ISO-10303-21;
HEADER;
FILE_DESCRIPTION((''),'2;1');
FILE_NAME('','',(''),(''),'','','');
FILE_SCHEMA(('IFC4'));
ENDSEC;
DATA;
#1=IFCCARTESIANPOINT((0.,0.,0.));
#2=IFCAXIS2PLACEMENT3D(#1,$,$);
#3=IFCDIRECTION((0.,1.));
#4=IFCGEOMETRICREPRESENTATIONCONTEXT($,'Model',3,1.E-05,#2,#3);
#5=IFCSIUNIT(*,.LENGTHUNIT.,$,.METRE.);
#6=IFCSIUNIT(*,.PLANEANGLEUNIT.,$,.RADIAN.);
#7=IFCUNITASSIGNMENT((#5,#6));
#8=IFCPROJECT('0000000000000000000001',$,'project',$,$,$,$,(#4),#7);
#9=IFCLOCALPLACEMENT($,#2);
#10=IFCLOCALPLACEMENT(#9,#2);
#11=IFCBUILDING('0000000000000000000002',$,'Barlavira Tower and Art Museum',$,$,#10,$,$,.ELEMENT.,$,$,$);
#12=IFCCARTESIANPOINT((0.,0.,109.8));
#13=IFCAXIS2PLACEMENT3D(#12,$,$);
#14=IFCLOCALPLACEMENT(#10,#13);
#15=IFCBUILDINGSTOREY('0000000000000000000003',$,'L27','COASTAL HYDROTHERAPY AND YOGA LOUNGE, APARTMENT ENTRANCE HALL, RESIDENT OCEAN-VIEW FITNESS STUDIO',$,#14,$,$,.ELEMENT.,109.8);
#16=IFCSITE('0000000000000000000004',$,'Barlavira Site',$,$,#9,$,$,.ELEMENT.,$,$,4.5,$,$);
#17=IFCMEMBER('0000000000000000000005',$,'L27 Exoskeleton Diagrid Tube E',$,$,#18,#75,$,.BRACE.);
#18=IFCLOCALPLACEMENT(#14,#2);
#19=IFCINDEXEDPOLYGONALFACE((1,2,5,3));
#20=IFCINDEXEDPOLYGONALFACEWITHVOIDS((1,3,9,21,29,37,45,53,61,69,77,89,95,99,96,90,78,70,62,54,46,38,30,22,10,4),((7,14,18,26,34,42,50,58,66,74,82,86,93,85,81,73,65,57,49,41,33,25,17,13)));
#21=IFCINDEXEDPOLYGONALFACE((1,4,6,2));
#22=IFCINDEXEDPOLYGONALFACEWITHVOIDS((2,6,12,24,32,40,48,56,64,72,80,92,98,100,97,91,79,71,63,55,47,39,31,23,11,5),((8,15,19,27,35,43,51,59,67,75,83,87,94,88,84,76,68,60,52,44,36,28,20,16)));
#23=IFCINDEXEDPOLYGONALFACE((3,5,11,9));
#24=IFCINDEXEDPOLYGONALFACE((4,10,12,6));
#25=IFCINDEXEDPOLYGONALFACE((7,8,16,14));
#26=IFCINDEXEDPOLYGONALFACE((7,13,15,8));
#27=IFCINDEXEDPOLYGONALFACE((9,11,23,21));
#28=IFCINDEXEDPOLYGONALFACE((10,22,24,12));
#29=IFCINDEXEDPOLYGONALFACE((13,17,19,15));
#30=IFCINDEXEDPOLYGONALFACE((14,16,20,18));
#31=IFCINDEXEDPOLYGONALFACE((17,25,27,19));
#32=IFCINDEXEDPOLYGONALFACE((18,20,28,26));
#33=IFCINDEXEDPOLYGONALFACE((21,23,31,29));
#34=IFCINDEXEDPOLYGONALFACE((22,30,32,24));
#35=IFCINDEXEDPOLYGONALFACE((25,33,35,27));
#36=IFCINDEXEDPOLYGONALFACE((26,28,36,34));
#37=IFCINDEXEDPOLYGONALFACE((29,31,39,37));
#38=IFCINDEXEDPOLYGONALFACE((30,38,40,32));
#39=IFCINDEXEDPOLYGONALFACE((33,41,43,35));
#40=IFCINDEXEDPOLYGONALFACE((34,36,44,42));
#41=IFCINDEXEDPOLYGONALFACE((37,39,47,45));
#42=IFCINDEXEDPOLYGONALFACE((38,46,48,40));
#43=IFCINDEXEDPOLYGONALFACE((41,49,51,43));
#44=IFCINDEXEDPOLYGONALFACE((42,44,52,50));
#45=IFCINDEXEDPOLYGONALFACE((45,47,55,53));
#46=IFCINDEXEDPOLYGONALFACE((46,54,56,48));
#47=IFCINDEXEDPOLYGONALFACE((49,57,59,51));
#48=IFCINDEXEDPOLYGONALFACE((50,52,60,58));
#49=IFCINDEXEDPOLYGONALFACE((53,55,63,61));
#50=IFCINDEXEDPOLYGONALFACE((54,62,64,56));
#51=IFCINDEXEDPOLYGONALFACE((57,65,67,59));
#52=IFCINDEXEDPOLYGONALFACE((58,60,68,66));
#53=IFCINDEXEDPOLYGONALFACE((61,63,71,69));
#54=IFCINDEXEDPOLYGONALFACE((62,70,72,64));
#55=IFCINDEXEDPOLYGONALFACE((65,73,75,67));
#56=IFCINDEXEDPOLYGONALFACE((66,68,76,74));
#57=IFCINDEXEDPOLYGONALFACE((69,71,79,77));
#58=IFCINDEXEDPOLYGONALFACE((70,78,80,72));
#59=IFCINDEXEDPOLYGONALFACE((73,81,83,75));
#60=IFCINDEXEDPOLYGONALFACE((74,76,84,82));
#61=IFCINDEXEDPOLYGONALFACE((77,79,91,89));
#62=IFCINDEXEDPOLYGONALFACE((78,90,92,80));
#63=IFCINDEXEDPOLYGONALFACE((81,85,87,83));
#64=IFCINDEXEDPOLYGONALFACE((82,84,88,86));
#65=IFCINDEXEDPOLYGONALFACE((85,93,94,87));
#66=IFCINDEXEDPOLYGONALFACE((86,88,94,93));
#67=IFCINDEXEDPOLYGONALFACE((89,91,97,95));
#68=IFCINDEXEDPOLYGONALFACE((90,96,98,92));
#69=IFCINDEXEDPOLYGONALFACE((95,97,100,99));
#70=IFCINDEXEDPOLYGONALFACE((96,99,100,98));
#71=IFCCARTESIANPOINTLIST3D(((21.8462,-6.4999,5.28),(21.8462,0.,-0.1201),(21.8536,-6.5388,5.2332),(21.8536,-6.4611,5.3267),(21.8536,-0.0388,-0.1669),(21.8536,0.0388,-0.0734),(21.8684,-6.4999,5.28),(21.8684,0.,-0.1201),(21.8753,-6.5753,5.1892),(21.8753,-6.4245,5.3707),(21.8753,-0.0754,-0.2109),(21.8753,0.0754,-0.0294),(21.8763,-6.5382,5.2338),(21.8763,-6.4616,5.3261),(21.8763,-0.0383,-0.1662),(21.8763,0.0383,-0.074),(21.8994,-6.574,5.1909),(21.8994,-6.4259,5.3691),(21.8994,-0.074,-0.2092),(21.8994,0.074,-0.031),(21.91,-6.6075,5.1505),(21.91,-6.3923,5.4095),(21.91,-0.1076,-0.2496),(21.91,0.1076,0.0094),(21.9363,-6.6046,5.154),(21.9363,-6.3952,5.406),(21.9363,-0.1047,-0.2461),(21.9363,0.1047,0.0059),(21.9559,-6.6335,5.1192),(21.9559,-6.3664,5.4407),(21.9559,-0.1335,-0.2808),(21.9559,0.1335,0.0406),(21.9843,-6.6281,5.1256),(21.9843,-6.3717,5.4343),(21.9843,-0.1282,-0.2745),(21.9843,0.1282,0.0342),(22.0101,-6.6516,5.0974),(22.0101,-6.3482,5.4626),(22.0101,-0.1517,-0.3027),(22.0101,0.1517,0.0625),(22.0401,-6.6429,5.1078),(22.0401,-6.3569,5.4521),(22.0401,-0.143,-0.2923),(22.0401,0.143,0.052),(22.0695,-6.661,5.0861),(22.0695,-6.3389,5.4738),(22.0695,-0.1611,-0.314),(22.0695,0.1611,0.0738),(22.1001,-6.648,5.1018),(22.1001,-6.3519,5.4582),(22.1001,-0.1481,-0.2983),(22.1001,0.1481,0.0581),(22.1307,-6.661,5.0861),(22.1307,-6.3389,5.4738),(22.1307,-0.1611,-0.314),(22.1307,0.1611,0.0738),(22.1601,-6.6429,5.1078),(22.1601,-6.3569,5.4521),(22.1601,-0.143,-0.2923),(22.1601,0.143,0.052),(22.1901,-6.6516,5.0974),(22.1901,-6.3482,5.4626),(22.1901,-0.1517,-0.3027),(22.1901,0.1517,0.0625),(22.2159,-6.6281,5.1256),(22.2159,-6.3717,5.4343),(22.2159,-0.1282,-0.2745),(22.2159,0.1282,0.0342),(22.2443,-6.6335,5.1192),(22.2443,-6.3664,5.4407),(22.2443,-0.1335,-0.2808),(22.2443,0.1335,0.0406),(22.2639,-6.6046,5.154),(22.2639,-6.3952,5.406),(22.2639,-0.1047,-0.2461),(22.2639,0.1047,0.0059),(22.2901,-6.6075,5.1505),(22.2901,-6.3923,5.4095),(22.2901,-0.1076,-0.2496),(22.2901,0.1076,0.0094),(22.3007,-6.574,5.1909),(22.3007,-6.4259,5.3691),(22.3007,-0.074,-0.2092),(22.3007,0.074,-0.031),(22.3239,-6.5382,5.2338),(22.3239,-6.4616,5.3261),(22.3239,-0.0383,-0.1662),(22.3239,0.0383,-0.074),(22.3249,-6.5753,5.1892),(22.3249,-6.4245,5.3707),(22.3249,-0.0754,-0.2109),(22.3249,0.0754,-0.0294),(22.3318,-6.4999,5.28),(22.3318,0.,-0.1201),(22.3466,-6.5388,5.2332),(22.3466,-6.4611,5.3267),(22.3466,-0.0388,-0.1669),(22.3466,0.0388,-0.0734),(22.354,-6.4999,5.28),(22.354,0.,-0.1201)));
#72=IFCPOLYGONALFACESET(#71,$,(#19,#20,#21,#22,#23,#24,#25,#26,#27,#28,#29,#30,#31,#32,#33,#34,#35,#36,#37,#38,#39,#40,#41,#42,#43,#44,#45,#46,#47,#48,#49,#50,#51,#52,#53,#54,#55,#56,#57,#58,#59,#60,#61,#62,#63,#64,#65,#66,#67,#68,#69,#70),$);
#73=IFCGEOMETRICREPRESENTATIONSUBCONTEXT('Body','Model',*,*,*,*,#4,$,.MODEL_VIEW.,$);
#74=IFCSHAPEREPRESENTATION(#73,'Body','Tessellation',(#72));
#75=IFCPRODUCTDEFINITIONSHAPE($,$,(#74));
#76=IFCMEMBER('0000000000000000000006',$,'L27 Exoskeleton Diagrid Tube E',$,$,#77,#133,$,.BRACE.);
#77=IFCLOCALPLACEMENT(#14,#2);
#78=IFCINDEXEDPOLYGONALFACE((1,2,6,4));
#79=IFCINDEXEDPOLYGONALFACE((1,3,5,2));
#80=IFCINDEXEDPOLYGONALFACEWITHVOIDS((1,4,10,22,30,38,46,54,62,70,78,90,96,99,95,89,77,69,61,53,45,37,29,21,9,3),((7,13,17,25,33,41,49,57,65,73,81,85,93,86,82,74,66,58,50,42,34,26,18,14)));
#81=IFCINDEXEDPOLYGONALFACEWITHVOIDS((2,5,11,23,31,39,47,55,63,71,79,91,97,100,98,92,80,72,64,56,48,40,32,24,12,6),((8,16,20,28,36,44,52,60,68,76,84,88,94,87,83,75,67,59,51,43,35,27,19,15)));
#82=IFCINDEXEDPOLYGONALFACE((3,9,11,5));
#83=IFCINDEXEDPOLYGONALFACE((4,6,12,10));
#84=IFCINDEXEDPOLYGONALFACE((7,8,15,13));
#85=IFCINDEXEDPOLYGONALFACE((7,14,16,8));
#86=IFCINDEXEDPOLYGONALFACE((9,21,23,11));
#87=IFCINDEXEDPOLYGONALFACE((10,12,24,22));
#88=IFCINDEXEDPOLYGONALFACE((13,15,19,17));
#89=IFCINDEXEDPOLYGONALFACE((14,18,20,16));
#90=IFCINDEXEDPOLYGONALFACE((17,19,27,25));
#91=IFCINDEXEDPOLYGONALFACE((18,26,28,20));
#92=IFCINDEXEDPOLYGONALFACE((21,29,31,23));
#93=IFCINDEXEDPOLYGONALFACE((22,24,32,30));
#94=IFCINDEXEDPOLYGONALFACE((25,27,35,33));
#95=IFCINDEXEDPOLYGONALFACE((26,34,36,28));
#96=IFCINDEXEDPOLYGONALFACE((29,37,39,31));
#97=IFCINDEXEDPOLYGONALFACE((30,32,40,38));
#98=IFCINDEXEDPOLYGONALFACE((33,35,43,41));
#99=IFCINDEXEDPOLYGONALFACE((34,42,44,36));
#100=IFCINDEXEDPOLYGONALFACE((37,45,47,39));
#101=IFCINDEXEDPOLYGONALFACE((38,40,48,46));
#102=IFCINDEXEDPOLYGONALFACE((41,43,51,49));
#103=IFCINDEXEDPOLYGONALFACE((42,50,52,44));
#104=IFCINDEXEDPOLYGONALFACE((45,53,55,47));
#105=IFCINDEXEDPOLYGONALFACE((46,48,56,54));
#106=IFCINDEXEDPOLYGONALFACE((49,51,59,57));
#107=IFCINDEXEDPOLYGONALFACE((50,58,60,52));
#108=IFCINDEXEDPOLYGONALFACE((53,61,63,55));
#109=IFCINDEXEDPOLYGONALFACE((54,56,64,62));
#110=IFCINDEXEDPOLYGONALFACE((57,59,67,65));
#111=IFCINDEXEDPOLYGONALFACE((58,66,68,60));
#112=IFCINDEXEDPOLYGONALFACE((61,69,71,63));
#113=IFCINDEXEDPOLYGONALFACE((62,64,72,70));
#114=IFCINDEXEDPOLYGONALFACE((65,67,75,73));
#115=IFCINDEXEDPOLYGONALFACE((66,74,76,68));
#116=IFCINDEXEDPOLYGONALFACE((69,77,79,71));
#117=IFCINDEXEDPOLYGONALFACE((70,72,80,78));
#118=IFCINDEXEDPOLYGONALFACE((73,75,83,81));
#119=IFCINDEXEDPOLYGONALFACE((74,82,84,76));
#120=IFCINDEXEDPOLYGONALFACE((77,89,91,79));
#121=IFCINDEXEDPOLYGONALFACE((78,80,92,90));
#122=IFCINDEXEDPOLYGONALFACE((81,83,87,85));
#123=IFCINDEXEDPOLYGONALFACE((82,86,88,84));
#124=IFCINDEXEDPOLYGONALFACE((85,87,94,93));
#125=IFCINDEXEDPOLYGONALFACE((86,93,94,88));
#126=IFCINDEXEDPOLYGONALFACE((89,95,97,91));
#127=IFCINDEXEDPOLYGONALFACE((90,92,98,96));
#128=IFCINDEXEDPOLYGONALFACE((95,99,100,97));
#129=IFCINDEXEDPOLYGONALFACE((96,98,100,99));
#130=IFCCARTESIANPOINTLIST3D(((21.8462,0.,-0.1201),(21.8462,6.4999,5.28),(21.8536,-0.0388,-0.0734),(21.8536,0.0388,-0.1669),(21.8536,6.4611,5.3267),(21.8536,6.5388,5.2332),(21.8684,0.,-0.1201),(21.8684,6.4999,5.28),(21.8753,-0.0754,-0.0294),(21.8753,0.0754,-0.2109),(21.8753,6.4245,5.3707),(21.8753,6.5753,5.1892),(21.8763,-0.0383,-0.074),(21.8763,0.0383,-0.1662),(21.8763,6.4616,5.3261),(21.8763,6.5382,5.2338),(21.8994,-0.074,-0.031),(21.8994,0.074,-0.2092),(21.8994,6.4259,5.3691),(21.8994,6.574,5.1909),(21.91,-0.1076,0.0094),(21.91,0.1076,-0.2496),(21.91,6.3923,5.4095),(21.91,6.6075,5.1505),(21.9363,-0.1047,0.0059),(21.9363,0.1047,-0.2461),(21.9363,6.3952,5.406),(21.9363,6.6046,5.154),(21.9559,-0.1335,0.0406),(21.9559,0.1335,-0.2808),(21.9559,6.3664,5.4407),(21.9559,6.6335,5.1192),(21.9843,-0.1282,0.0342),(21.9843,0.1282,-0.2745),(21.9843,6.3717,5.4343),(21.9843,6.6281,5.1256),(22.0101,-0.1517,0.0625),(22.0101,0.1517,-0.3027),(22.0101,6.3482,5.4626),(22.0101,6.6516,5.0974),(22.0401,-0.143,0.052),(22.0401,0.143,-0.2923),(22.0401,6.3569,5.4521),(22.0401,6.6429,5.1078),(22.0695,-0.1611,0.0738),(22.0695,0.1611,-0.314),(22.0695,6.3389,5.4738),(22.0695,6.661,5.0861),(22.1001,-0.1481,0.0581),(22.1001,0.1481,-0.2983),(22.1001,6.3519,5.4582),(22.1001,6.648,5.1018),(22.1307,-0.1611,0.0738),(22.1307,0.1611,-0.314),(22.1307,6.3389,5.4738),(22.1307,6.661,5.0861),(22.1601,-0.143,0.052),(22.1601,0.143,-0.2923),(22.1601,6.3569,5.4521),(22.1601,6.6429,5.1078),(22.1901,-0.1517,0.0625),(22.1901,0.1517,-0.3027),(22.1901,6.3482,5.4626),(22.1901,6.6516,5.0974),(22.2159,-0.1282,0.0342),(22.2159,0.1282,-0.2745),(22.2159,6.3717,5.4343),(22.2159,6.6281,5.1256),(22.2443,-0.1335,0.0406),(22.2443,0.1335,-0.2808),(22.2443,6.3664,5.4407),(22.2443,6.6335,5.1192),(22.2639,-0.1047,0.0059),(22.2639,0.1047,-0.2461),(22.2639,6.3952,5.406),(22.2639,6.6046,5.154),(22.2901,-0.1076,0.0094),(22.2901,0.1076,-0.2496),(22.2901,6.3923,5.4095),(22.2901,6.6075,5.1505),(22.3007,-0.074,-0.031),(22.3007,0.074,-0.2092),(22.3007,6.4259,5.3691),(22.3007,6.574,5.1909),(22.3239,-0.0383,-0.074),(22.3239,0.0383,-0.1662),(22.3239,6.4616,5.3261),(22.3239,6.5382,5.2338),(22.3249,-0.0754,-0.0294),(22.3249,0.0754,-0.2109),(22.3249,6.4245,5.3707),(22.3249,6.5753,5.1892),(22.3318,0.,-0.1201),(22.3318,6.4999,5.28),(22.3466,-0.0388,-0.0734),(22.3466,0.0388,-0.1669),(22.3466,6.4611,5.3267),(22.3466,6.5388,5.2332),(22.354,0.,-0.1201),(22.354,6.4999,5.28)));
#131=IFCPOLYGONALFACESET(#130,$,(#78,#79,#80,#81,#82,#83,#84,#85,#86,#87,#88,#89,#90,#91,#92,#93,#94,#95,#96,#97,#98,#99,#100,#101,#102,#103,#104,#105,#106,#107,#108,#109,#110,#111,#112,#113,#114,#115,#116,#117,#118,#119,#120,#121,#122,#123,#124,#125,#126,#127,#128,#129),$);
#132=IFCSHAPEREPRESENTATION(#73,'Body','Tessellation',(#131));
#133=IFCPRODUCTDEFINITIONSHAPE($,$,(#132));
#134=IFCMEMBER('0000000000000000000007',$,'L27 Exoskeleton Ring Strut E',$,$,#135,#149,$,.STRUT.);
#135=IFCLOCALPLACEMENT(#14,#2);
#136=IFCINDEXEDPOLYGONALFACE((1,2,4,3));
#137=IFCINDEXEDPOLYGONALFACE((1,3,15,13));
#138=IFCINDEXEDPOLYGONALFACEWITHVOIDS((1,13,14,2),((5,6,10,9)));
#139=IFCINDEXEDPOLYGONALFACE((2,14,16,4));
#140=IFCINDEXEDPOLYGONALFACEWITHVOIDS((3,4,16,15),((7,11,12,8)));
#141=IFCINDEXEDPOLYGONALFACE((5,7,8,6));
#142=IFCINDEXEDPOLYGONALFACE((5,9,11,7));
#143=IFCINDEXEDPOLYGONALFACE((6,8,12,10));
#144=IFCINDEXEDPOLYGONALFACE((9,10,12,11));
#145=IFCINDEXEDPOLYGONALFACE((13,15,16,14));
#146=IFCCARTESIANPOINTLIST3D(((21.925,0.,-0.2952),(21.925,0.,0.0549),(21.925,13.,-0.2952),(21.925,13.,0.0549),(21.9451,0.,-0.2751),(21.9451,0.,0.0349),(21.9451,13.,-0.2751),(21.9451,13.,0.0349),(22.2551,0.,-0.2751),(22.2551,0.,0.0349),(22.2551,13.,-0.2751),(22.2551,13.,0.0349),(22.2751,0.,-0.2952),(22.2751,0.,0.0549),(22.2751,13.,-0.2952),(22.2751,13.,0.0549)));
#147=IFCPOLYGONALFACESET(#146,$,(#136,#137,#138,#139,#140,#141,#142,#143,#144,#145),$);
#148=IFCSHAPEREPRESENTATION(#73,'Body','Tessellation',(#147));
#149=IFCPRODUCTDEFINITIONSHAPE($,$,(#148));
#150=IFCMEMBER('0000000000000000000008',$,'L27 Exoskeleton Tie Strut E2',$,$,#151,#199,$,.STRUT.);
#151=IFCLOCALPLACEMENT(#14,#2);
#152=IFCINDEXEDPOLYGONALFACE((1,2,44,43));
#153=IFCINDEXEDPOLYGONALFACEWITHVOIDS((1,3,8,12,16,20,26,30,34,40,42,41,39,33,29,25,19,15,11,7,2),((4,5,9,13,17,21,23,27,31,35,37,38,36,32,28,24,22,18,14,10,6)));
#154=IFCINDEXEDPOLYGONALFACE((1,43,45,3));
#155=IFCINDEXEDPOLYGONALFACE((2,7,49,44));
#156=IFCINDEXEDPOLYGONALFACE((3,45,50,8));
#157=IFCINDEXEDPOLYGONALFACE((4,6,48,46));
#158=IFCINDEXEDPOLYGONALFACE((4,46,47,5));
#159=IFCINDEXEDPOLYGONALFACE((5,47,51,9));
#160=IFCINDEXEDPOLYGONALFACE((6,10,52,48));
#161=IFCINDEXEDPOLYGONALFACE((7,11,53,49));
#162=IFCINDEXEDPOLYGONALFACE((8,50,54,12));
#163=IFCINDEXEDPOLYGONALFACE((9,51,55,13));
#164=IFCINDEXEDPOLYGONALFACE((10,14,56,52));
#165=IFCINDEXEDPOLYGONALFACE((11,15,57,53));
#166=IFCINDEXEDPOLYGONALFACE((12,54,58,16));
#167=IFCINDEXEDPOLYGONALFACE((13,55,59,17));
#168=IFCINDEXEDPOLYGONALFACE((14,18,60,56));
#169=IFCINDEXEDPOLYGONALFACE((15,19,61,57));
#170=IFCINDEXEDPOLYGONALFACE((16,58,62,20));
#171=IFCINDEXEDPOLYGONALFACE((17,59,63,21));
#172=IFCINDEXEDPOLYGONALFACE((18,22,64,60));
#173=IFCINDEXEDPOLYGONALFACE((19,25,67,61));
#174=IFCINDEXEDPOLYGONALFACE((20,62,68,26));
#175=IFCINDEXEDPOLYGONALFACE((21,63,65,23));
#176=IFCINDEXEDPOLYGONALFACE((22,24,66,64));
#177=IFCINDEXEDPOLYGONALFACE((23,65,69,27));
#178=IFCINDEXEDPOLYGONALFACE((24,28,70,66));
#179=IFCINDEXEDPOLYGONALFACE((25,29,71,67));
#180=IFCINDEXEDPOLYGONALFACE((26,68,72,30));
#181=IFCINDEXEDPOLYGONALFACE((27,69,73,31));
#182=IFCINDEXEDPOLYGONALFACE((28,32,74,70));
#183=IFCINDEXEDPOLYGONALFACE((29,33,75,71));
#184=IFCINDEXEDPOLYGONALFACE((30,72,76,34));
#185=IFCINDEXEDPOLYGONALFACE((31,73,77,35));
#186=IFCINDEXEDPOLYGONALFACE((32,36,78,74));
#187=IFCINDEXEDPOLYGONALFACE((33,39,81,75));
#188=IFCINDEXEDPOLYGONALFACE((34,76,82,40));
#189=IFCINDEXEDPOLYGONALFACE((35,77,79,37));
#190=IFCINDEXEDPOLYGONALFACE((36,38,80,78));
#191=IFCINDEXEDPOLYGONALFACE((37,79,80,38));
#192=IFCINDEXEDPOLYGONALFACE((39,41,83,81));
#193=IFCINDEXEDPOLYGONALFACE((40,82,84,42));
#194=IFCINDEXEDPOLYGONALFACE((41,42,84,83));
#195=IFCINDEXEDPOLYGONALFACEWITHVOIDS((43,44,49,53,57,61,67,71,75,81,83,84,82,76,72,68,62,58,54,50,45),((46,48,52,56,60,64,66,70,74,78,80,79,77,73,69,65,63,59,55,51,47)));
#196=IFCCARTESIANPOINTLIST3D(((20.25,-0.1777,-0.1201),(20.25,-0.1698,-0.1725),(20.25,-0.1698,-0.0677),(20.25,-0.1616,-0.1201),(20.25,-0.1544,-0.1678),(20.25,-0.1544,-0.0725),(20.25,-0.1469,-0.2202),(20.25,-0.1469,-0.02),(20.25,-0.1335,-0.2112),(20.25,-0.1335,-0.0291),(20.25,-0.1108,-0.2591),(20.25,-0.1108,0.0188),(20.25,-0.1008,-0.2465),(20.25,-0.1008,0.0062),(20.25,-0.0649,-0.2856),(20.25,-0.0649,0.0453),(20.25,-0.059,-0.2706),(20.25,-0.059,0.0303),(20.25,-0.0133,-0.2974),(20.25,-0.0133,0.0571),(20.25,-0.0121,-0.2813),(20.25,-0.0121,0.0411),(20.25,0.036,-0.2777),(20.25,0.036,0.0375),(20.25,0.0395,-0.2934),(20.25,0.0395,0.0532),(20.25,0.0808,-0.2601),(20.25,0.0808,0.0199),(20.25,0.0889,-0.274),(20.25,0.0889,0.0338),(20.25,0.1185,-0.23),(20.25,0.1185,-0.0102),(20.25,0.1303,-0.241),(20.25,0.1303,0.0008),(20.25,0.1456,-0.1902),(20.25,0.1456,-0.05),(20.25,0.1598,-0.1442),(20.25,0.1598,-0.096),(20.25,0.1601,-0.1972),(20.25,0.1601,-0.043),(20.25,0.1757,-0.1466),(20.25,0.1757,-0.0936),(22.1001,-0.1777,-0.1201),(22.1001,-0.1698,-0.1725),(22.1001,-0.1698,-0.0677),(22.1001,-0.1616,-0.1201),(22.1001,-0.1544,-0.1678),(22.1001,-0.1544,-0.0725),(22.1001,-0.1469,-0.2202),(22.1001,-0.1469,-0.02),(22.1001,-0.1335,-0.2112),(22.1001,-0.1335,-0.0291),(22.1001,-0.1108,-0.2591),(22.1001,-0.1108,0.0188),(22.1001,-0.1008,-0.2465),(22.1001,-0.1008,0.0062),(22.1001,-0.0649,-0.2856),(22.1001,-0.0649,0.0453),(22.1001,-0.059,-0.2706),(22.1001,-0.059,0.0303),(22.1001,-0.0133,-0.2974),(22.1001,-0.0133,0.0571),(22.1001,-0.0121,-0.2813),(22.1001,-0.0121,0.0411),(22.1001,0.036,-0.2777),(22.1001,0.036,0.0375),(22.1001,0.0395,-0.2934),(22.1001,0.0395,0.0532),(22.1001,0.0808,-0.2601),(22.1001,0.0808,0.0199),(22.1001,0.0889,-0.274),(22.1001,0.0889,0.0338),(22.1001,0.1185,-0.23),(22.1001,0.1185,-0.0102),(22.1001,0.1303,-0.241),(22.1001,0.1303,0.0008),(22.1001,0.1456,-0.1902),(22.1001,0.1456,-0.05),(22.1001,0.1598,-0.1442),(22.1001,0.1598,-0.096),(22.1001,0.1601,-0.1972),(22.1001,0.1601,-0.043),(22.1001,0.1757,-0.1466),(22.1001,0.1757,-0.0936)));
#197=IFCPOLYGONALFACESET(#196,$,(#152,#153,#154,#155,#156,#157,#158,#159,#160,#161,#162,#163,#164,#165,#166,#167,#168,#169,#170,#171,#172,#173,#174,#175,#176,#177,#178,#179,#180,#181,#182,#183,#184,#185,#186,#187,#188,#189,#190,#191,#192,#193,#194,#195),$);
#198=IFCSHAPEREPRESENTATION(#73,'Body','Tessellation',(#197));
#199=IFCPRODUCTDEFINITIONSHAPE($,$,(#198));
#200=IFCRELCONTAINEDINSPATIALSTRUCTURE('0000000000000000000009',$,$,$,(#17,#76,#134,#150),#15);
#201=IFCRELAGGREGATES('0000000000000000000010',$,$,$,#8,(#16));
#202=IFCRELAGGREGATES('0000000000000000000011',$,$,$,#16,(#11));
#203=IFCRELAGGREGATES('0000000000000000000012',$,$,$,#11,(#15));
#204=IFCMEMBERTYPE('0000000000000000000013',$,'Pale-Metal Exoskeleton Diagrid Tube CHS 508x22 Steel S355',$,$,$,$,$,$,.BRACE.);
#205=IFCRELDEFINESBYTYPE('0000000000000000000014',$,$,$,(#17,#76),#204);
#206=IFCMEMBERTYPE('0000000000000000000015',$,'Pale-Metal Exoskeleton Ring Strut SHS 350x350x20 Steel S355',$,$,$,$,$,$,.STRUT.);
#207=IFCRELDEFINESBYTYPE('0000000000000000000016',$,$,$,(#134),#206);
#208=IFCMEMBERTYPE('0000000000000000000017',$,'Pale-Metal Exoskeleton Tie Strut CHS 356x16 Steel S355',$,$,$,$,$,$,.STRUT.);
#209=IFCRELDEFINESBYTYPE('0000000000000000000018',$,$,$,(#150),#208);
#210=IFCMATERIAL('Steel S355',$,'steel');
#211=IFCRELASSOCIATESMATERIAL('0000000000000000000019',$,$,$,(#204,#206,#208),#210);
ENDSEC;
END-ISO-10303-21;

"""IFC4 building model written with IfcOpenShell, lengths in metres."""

from ifc_helpers import new_model, si_unit, direction, frame, origin, origin_2d, place, context, subcontext, project, spatial, hollow_rectangle, hollow_circle, extrude, material, material_profile, profile_set, type_object, element, save


model = new_model("IFC4")

# Units and contexts
model_context = context("Model", 3, precision=1e-05, world=origin(), true_north=direction((0.0, 1.0)))
body_context = subcontext(model_context, "Body", "Model", "MODEL_VIEW")
ifc_project = project(units=[si_unit("LENGTHUNIT", "METRE"), si_unit("PLANEANGLEUNIT", "RADIAN")], contexts=[model_context])

# Site, building, storey
site_placement = place(None, origin())
site = spatial("IfcSite", under=ifc_project, at=site_placement, Name="Barlavira Site", CompositionType="ELEMENT", RefElevation=4.5)
building_placement = place(site_placement, origin())
building = spatial("IfcBuilding", under=site, at=building_placement, Name="Barlavira Tower and Art Museum", CompositionType="ELEMENT")
storey_placement = place(building_placement, frame((0.0, 0.0, 109.8)))
storey = spatial("IfcBuildingStorey", under=building, at=storey_placement, Name="L27", Description="COASTAL HYDROTHERAPY AND YOGA LOUNGE, APARTMENT ENTRANCE HALL, RESIDENT OCEAN-VIEW FITNESS STUDIO", CompositionType="ELEMENT", Elevation=109.8)

# Members
ifc_material_1 = material(Name="Steel S355", Category="steel")
ifc_material_profile_1 = material_profile(ifc_material_1, hollow_circle(Radius=0.2539, WallThickness=0.0222, at=origin_2d()), Name="CHS 508.0x22.2")
ifc_profile_set_1 = profile_set([ifc_material_profile_1], Name="Steel S355")
member_type_1 = type_object("IfcMemberType", Name="Pale-Metal Exoskeleton Diagrid Tube CHS 508x22 Steel S355", PredefinedType="BRACE", material=ifc_profile_set_1)
for number, where, z_axis, x_axis, name in (
    (1, (22.1001, 0.0, -0.1201), (0.0, -0.769182, 0.63903), (1.0, 0.0, 0.0), "L27 Exoskeleton Diagrid Tube E"),
    (2, (22.1001, 0.0, -0.1201), (0.0, 0.769182, 0.63903), (-1.0, 0.0, 0.0), "L27 Exoskeleton Diagrid Tube E"),
):
    element("IfcMember", number, at=place(storey_placement, frame(where, z_axis=z_axis, x_axis=x_axis)), inside=storey, type_object=member_type_1, Name=name, PredefinedType="BRACE", context=body_context, shape_type="SweptSolid", body=[
        extrude(hollow_circle(Radius=0.2539, WallThickness=0.0222, at=origin_2d()), origin(), (0.0, 0.0, 1.0), 8.4504),
    ])
ifc_material_profile_2 = material_profile(ifc_material_1, hollow_rectangle(XDim=0.3501, YDim=0.3501, WallThickness=0.02, at=origin_2d()), Name="SHS 350x350x20.0")
ifc_profile_set_2 = profile_set([ifc_material_profile_2], Name="Steel S355")
member_type_2 = type_object("IfcMemberType", Name="Pale-Metal Exoskeleton Ring Strut SHS 350x350x20 Steel S355", PredefinedType="STRUT", material=ifc_profile_set_2)
member_1_placement = place(storey_placement, frame((22.1001, 0.0, -0.1201), z_axis=(0.0, 1.0, 0.0), x_axis=(-1.0, 0.0, 0.0)))
element("IfcMember", 3, at=member_1_placement, inside=storey, type_object=member_type_2, Name="L27 Exoskeleton Ring Strut E", PredefinedType="STRUT", context=body_context, shape_type="SweptSolid", body=[
    extrude(hollow_rectangle(XDim=0.3501, YDim=0.3501, WallThickness=0.02, at=origin_2d()), origin(), (0.0, 0.0, 1.0), 13.0),
])
ifc_material_profile_3 = material_profile(ifc_material_1, hollow_circle(Radius=0.1777, WallThickness=0.0161, at=origin_2d()), Name="CHS 355.6x16.0")
ifc_profile_set_3 = profile_set([ifc_material_profile_3], Name="Steel S355")
member_type_3 = type_object("IfcMemberType", Name="Pale-Metal Exoskeleton Tie Strut CHS 356x16 Steel S355", PredefinedType="STRUT", material=ifc_profile_set_3)
member_2_placement = place(storey_placement, frame((22.1001, 0.0, -0.1201), z_axis=(-1.0, 0.0, 0.0), x_axis=(0.0, -1.0, 0.0)))
element("IfcMember", 4, at=member_2_placement, inside=storey, type_object=member_type_3, Name="L27 Exoskeleton Tie Strut E2", PredefinedType="STRUT", context=body_context, shape_type="SweptSolid", body=[
    extrude(hollow_circle(Radius=0.1777, WallThickness=0.0161, at=origin_2d()), origin(), (0.0, 0.0, 1.0), 1.8501),
])

save(model, "model.ifc")
